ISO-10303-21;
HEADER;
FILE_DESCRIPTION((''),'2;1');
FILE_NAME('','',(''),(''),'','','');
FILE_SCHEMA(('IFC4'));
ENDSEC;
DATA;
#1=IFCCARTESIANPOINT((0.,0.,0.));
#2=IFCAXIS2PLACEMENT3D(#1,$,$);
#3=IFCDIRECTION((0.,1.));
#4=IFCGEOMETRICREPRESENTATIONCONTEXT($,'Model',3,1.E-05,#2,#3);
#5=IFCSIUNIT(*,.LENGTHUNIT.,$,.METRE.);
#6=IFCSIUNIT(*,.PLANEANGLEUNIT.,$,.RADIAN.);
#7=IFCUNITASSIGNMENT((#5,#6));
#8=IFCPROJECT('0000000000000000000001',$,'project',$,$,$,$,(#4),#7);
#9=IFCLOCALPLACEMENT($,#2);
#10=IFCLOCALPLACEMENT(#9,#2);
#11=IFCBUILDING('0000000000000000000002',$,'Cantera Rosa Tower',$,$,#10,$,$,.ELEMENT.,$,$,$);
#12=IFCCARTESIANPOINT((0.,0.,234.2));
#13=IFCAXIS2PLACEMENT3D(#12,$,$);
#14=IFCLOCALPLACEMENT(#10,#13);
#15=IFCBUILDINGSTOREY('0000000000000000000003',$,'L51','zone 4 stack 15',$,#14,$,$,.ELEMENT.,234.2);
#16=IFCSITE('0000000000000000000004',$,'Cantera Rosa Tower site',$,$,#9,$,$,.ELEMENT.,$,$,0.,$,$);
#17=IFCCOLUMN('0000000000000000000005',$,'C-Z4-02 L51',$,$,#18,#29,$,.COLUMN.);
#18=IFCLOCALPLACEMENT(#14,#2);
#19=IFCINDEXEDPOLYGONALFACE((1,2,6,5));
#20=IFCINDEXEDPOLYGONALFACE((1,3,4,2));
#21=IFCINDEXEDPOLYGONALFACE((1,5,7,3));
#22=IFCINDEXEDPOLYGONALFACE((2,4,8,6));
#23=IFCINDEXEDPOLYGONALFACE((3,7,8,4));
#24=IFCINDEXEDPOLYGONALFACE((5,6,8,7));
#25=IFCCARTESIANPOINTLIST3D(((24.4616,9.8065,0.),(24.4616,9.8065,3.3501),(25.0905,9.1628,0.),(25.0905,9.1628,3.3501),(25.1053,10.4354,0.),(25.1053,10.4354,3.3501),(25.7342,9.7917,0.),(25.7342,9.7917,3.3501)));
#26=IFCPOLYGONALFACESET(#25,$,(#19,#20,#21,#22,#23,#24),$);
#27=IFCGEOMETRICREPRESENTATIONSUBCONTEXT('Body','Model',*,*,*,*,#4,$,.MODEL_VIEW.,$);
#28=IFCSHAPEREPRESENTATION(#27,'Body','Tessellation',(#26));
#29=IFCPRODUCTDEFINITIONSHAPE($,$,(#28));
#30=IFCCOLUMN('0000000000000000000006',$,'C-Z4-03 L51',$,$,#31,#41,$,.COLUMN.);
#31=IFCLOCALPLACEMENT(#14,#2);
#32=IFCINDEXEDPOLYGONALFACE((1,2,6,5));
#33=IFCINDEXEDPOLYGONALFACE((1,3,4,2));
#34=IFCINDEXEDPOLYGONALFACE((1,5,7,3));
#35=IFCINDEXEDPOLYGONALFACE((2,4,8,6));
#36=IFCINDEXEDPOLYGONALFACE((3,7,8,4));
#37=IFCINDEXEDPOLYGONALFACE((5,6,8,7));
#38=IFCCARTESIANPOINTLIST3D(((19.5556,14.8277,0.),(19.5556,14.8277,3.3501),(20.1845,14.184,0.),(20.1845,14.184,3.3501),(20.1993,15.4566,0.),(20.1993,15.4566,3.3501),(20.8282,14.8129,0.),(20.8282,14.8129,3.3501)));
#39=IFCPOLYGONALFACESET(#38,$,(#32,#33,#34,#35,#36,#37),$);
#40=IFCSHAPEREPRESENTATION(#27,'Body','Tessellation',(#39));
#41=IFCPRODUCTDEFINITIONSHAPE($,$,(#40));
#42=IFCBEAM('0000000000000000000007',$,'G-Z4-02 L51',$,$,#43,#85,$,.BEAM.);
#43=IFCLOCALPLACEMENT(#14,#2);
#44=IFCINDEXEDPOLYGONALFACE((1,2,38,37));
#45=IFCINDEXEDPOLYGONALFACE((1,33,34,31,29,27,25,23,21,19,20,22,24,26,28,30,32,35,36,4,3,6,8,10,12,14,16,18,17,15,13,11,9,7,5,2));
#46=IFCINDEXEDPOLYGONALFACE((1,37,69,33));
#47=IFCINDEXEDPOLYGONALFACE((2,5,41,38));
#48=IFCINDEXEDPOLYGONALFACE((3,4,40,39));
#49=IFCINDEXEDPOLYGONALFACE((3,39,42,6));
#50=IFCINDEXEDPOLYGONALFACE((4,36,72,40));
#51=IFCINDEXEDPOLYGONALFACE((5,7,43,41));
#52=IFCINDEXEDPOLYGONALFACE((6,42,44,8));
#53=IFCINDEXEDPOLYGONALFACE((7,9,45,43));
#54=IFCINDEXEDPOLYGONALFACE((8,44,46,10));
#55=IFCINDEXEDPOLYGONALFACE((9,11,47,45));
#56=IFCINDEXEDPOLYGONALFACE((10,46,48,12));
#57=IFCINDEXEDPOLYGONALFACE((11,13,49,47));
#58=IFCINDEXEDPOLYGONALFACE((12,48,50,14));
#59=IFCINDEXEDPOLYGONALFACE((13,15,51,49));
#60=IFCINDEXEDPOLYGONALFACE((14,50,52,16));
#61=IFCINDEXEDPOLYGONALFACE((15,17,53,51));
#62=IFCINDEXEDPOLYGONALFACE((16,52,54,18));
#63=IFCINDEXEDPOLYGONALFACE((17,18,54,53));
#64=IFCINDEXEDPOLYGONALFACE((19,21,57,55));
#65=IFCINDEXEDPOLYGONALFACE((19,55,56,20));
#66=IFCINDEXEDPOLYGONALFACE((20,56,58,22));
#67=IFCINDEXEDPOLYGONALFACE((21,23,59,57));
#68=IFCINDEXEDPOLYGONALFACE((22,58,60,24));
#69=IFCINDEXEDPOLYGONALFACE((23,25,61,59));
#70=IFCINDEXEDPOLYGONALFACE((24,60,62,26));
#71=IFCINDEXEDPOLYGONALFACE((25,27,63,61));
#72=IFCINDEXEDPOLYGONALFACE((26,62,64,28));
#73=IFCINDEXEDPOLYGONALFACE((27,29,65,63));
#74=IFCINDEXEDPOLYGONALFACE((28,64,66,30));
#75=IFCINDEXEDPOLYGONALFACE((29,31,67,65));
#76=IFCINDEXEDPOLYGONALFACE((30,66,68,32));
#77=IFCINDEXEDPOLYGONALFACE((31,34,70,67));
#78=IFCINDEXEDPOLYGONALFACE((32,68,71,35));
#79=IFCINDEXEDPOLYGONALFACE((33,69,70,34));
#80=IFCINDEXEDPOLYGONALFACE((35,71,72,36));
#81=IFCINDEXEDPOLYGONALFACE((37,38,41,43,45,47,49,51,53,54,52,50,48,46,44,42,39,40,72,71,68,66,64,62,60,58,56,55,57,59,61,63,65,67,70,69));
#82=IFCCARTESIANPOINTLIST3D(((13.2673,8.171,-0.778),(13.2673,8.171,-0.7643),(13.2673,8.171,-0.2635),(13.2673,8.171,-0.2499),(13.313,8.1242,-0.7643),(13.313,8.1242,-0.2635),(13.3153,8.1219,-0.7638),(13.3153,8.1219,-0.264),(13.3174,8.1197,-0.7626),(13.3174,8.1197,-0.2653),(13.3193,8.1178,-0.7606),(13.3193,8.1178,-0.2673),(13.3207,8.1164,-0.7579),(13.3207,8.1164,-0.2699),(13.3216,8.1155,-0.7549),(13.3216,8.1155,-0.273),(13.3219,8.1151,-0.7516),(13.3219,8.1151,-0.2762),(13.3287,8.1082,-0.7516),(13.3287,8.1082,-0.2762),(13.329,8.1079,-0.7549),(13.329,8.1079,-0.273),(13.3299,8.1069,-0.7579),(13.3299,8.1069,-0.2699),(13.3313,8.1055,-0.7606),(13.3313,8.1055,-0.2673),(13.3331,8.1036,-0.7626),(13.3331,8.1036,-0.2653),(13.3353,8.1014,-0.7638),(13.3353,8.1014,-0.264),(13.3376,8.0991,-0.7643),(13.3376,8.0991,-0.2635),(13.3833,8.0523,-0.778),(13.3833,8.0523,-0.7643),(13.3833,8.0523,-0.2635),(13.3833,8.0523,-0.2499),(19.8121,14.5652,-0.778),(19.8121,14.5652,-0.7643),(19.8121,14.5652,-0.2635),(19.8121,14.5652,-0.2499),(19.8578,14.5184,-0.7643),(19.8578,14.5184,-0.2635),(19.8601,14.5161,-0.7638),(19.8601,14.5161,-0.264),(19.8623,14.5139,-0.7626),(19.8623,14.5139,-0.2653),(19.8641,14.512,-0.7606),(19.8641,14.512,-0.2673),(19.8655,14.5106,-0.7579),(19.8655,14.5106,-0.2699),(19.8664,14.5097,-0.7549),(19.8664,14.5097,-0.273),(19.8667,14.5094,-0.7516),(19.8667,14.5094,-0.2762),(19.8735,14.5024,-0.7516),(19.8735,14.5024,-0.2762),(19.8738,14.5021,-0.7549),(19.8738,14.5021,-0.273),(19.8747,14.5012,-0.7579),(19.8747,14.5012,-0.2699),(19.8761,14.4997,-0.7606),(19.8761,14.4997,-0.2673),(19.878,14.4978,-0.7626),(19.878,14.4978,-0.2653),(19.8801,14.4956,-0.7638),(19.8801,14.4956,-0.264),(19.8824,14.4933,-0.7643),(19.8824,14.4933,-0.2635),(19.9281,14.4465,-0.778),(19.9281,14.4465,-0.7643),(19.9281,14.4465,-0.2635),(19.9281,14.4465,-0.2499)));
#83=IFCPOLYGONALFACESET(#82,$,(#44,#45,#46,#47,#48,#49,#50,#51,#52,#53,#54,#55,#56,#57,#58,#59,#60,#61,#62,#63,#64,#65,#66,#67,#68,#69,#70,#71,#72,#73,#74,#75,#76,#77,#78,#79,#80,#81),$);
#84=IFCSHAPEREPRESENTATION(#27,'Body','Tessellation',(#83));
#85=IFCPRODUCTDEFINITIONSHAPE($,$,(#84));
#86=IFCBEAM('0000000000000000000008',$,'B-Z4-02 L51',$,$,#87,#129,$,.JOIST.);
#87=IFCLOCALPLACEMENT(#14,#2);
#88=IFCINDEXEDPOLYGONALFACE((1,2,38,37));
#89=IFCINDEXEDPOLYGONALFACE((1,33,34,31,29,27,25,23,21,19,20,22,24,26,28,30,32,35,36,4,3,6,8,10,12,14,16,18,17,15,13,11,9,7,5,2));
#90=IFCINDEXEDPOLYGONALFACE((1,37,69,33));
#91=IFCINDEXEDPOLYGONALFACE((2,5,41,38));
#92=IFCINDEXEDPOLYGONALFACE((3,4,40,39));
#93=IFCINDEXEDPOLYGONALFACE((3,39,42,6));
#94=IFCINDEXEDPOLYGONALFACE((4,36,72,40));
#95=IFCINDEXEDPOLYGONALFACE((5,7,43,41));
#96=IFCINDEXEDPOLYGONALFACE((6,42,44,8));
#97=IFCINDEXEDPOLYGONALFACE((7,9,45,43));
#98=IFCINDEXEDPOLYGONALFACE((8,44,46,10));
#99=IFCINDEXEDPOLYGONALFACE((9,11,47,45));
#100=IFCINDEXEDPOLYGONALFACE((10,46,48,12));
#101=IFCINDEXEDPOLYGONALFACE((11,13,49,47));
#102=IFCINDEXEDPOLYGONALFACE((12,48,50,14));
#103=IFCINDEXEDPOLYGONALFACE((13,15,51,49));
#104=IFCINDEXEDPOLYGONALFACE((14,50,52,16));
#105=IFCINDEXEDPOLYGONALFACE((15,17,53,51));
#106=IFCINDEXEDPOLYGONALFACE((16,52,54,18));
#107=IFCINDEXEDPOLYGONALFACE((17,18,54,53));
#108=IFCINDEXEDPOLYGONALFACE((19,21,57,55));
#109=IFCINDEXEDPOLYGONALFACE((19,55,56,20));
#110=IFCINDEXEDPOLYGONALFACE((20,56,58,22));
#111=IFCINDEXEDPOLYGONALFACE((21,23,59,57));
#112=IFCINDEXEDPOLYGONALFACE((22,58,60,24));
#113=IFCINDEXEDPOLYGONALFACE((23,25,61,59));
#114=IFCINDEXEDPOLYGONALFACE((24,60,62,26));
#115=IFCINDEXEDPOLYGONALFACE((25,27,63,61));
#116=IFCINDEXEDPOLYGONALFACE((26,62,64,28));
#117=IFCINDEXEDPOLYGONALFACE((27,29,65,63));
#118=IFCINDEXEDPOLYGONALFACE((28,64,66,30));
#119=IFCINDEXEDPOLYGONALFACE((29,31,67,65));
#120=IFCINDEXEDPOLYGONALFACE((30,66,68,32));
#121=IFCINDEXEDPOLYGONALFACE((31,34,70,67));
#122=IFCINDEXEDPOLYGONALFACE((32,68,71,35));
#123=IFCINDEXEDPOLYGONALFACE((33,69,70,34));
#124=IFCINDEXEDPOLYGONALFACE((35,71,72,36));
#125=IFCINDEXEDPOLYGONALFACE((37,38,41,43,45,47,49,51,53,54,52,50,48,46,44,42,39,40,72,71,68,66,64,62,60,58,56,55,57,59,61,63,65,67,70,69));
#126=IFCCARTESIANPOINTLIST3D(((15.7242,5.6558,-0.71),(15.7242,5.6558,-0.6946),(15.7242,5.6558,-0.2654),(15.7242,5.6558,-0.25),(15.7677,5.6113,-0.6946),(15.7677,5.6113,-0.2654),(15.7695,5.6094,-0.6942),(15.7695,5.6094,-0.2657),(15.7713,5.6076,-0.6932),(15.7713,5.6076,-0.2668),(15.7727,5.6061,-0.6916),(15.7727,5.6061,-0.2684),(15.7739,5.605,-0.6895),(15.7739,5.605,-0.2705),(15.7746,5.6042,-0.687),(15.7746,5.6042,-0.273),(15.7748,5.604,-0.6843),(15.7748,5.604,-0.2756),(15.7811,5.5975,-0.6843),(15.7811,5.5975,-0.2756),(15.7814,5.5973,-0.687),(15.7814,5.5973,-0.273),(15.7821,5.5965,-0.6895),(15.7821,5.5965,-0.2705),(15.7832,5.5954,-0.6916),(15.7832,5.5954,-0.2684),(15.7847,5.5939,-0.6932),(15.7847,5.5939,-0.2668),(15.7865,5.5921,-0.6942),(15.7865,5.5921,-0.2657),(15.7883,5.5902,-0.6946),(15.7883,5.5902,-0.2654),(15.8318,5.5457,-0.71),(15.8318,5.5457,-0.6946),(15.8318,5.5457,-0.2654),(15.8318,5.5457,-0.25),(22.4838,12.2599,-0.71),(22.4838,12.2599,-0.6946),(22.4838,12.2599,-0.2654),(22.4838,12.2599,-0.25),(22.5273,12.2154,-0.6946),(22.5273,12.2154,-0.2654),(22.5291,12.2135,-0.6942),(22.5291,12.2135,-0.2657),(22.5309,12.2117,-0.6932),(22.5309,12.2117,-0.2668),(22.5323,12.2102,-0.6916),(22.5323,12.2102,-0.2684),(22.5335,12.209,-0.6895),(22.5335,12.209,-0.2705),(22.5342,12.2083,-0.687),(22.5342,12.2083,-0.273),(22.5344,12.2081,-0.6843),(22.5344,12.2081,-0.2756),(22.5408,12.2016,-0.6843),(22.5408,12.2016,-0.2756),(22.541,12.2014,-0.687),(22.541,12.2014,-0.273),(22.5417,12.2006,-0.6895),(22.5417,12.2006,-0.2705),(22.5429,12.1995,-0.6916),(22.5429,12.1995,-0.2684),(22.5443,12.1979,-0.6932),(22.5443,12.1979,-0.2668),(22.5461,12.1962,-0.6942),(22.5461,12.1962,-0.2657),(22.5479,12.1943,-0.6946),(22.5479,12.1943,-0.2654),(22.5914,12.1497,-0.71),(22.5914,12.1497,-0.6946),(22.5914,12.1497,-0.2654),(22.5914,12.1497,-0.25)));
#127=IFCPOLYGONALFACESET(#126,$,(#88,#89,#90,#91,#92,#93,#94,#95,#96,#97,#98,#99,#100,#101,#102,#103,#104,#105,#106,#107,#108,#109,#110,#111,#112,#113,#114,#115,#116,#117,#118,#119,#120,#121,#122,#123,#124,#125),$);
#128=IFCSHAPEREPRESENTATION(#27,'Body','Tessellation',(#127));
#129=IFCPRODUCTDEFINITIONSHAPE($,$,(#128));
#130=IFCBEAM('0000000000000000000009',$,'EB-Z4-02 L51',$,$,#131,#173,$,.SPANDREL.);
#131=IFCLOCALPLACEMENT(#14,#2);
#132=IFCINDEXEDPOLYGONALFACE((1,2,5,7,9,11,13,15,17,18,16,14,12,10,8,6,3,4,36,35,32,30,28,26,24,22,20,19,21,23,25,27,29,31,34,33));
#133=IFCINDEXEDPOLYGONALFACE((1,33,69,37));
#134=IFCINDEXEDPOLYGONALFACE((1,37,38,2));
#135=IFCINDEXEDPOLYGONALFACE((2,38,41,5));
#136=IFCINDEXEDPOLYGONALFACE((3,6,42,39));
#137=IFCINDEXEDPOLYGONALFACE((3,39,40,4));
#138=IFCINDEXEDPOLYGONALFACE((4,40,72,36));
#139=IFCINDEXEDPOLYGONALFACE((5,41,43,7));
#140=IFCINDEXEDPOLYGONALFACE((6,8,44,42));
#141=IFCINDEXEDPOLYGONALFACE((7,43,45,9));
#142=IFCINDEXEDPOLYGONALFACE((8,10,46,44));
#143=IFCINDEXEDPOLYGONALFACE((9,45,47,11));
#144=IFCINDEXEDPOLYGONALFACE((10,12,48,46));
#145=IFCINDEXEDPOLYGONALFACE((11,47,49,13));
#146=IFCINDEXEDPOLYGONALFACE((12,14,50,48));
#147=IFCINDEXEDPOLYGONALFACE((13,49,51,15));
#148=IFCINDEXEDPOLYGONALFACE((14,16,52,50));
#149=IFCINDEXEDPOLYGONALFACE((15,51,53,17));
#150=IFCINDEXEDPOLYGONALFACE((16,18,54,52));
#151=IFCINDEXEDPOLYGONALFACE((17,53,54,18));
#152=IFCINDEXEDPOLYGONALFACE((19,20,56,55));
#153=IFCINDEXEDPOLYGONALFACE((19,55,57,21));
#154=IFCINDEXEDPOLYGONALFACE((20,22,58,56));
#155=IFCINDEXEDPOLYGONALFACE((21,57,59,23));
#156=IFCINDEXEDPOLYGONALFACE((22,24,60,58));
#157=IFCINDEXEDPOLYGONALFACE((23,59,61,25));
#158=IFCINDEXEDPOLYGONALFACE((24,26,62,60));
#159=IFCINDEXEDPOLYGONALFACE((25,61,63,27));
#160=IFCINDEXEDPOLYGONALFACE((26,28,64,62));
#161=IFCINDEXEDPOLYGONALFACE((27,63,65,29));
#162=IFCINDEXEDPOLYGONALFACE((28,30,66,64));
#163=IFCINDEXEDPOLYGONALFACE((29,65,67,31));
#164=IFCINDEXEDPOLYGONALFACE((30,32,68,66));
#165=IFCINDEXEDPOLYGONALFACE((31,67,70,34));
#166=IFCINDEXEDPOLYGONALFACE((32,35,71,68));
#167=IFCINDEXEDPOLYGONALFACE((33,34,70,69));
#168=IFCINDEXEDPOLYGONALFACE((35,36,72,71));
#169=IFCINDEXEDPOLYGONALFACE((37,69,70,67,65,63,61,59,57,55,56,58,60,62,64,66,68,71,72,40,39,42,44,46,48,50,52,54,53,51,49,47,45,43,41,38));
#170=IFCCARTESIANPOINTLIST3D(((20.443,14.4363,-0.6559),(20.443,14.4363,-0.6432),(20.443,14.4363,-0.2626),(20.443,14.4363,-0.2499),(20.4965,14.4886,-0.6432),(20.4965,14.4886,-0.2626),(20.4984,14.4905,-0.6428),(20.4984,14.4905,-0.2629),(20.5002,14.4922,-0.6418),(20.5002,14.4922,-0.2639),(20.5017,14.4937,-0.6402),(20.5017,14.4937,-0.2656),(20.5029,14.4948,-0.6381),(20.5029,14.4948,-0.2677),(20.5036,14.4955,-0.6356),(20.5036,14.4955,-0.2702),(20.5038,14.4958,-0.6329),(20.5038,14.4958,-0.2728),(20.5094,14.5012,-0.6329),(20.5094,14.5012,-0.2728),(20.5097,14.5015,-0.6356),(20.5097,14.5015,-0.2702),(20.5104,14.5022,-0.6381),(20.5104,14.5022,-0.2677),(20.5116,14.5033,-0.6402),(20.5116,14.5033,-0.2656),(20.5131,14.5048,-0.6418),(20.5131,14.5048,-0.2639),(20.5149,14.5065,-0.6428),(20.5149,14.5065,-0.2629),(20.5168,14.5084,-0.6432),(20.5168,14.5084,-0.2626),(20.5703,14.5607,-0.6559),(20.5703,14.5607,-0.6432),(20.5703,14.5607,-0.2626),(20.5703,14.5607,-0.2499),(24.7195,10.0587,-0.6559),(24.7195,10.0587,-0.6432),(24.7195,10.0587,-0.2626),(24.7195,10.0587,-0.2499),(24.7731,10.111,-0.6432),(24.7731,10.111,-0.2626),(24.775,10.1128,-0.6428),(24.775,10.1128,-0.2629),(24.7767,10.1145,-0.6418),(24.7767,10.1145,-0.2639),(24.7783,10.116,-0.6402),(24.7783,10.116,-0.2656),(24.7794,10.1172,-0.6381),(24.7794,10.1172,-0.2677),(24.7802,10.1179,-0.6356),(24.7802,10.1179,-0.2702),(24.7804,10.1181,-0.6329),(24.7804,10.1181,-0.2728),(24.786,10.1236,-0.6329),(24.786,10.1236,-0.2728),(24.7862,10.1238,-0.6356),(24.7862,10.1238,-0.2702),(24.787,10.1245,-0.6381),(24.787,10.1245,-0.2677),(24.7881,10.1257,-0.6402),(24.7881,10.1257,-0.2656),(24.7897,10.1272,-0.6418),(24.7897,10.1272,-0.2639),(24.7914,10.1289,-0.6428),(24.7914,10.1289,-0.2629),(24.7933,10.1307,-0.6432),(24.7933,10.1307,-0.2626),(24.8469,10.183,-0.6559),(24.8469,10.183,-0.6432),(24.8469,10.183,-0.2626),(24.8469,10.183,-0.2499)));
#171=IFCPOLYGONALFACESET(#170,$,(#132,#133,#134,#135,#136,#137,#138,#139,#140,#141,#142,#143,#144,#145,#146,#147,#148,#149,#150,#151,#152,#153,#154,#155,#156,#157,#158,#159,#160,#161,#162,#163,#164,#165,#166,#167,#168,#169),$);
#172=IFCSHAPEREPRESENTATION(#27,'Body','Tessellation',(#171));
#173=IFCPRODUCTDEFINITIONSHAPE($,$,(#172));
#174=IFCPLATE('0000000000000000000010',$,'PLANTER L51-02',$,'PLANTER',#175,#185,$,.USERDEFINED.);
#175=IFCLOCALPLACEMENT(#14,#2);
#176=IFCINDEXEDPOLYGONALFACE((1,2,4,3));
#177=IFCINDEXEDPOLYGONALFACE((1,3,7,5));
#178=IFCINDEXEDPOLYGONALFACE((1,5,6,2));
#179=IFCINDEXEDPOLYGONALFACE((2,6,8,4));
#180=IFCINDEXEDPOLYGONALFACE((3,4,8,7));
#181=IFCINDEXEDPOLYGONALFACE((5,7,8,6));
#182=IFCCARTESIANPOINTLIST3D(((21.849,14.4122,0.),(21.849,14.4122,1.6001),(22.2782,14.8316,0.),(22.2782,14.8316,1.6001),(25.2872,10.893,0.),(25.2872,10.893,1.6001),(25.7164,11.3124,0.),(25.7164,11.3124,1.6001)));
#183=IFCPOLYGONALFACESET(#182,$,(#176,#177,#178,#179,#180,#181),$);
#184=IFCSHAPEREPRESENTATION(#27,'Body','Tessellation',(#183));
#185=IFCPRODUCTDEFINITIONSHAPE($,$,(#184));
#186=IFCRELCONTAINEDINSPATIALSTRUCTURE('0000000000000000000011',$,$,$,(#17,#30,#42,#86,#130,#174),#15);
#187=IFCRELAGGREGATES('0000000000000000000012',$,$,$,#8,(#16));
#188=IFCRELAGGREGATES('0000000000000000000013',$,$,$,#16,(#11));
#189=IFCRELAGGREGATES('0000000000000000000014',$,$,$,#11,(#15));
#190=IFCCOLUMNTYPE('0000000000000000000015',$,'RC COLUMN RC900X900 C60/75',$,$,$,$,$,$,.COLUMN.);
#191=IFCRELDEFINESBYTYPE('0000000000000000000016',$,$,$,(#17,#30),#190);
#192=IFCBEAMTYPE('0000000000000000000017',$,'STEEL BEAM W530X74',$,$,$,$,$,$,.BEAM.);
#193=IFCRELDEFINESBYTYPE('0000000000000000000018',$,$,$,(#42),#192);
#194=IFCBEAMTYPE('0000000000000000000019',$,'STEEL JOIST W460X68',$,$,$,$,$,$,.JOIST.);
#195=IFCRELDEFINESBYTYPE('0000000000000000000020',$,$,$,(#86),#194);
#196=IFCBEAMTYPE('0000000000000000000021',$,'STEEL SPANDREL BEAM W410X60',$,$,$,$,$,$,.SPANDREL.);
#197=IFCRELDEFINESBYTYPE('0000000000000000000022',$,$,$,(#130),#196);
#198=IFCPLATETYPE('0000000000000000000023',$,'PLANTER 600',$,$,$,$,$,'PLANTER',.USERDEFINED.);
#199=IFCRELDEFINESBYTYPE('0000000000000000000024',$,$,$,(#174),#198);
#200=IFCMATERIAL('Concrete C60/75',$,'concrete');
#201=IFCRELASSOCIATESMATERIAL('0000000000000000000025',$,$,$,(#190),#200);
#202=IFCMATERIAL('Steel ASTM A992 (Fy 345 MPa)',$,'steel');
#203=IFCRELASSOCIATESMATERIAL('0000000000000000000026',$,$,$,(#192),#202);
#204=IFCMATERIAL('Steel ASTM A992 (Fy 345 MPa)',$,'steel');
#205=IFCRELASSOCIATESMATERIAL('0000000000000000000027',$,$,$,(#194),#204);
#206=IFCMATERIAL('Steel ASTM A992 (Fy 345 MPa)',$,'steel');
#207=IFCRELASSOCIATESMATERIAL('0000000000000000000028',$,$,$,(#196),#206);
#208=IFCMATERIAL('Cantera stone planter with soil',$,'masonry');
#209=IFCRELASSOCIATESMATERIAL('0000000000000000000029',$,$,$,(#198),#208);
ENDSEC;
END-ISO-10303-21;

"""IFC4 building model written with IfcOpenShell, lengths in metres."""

from ifc_helpers import new_model, si_unit, direction, frame, origin, origin_2d, place, context, subcontext, project, spatial, rectangle, i_section, extrude, material, material_profile, profile_set, type_object, element, save


model = new_model("IFC4")

# Units and contexts
model_context = context("Model", 3, precision=1e-05, world=origin(), true_north=direction((0.0, 1.0)))
body_context = subcontext(model_context, "Body", "Model", "MODEL_VIEW")
ifc_project = project(units=[si_unit("LENGTHUNIT", "METRE"), si_unit("PLANEANGLEUNIT", "RADIAN")], contexts=[model_context])

# Site, building, storey
site_placement = place(None, origin())
site = spatial("IfcSite", under=ifc_project, at=site_placement, Name="Cantera Rosa Tower site", CompositionType="ELEMENT", RefElevation=0.0)
building_placement = place(site_placement, origin())
building = spatial("IfcBuilding", under=site, at=building_placement, Name="Cantera Rosa Tower", CompositionType="ELEMENT")
storey_placement = place(building_placement, frame((0.0, 0.0, 234.2)))
storey = spatial("IfcBuildingStorey", under=building, at=storey_placement, Name="L51", Description="zone 4 stack 15", CompositionType="ELEMENT", Elevation=234.2)

# Columns
ifc_material_1 = material(Name="Concrete C60/75", Category="concrete")
ifc_material_profile_1 = material_profile(ifc_material_1, rectangle(XDim=0.8999, YDim=0.8999, at=origin_2d()), Name="RC COLUMN RC900X900 C60/75")
ifc_profile_set_1 = profile_set([ifc_material_profile_1], Name="Concrete C60/75")
column_type = type_object("IfcColumnType", Name="RC COLUMN RC900X900 C60/75", PredefinedType="COLUMN", material=ifc_profile_set_1)
for number, where, z_axis, x_axis, name in (
    (1, (25.0979, 9.7991, 0.0), (0.0, 0.0, 1.0), (0.715286, 0.698832, 0.0), "C-Z4-02 L51"),
    (2, (20.1919, 14.8203, 0.0), (0.0, 0.0, 1.0), (0.715286, 0.698832, 0.0), "C-Z4-03 L51"),
):
    element("IfcColumn", number, at=place(storey_placement, frame(where, z_axis=z_axis, x_axis=x_axis)), inside=storey, type_object=column_type, Name=name, PredefinedType="COLUMN", context=body_context, shape_type="SweptSolid", body=[
        extrude(rectangle(XDim=0.8999, YDim=0.8999, at=origin_2d()), origin(), (0.0, 0.0, 1.0), 3.3501),
    ])

# Beams
ifc_material_2 = material(Name="Steel ASTM A992 (Fy 345 MPa)", Category="steel")
ifc_material_profile_2 = material_profile(ifc_material_2, i_section(OverallWidth=0.166, OverallDepth=0.5281, WebThickness=0.0098, FlangeThickness=0.0137, FilletRadius=0.0127, at=origin_2d()), Name="W530X74")
ifc_profile_set_2 = profile_set([ifc_material_profile_2], Name="Steel ASTM A992 (Fy 345 MPa)")
beam_type_1 = type_object("IfcBeamType", Name="STEEL BEAM W530X74", PredefinedType="BEAM", material=ifc_profile_set_2)
beam_1_placement = place(storey_placement, frame((19.8701, 14.5059, -0.5139), z_axis=(-0.71529, -0.698827, 0.0), x_axis=(0.698827, -0.71529, 0.0)))
element("IfcBeam", 3, at=beam_1_placement, inside=storey, type_object=beam_type_1, Name="G-Z4-02 L51", PredefinedType="BEAM", context=body_context, shape_type="SweptSolid", body=[
    extrude(i_section(OverallWidth=0.166, OverallDepth=0.5281, WebThickness=0.0098, FlangeThickness=0.0137, FilletRadius=0.0127, at=origin_2d()), origin(), (0.0, 0.0, 1.0), 9.1499),
])
ifc_material_3 = material(Name="Steel ASTM A992 (Fy 345 MPa)", Category="steel")
ifc_material_profile_3 = material_profile(ifc_material_3, i_section(OverallWidth=0.1541, OverallDepth=0.46, WebThickness=0.009, FlangeThickness=0.0154, FilletRadius=0.0103, at=origin_2d()), Name="W460X68")
ifc_profile_set_3 = profile_set([ifc_material_profile_3], Name="Steel ASTM A992 (Fy 345 MPa)")
beam_type_2 = type_object("IfcBeamType", Name="STEEL JOIST W460X68", PredefinedType="JOIST", material=ifc_profile_set_3)
beam_2_placement = place(storey_placement, frame((22.5376, 12.2048, -0.48), z_axis=(-0.715287, -0.698831, 0.0), x_axis=(0.698831, -0.715287, 0.0)))
element("IfcBeam", 4, at=beam_2_placement, inside=storey, type_object=beam_type_2, Name="B-Z4-02 L51", PredefinedType="JOIST", context=body_context, shape_type="SweptSolid", body=[
    extrude(i_section(OverallWidth=0.1541, OverallDepth=0.46, WebThickness=0.009, FlangeThickness=0.0154, FilletRadius=0.0103, at=origin_2d()), origin(), (0.0, 0.0, 1.0), 9.4502),
])
ifc_material_4 = material(Name="Steel ASTM A992 (Fy 345 MPa)", Category="steel")
ifc_material_profile_4 = material_profile(ifc_material_4, i_section(OverallWidth=0.178, OverallDepth=0.406, WebThickness=0.0078, FlangeThickness=0.0127, FilletRadius=0.0103, at=origin_2d()), Name="W410X60")
ifc_profile_set_4 = profile_set([ifc_material_profile_4], Name="Steel ASTM A992 (Fy 345 MPa)")
beam_type_3 = type_object("IfcBeamType", Name="STEEL SPANDREL BEAM W410X60", PredefinedType="SPANDREL", material=ifc_profile_set_4)
beam_3_placement = place(storey_placement, frame((24.7832, 10.1208, -0.4529), z_axis=(-0.698801, 0.715316, 0.0), x_axis=(-0.715316, -0.698801, 0.0)))
element("IfcBeam", 5, at=beam_3_placement, inside=storey, type_object=beam_type_3, Name="EB-Z4-02 L51", PredefinedType="SPANDREL", context=body_context, shape_type="SweptSolid", body=[
    extrude(i_section(OverallWidth=0.178, OverallDepth=0.406, WebThickness=0.0078, FlangeThickness=0.0127, FilletRadius=0.0103, at=origin_2d()), origin(), (0.0, 0.0, 1.0), 6.1199),
])

# Plate
ifc_material_5 = material(Name="Cantera stone planter with soil", Category="masonry")
plate_type = type_object("IfcPlateType", Name="PLANTER 600", ElementType="PLANTER", PredefinedType="USERDEFINED", material=ifc_material_5)
plate_placement = place(storey_placement, frame((23.7827, 12.8623, 0.0), z_axis=(0.0, 0.0, 1.0), x_axis=(-0.698832, 0.715286, 0.0)))
element("IfcPlate", 6, at=plate_placement, inside=storey, type_object=plate_type, Name="PLANTER L51-02", ObjectType="PLANTER", PredefinedType="USERDEFINED", context=body_context, shape_type="SweptSolid", body=[
    extrude(rectangle(XDim=4.9199, YDim=0.6001, at=origin_2d()), origin(), (0.0, 0.0, 1.0), 1.6001),
])

save(model, "model.ifc")
